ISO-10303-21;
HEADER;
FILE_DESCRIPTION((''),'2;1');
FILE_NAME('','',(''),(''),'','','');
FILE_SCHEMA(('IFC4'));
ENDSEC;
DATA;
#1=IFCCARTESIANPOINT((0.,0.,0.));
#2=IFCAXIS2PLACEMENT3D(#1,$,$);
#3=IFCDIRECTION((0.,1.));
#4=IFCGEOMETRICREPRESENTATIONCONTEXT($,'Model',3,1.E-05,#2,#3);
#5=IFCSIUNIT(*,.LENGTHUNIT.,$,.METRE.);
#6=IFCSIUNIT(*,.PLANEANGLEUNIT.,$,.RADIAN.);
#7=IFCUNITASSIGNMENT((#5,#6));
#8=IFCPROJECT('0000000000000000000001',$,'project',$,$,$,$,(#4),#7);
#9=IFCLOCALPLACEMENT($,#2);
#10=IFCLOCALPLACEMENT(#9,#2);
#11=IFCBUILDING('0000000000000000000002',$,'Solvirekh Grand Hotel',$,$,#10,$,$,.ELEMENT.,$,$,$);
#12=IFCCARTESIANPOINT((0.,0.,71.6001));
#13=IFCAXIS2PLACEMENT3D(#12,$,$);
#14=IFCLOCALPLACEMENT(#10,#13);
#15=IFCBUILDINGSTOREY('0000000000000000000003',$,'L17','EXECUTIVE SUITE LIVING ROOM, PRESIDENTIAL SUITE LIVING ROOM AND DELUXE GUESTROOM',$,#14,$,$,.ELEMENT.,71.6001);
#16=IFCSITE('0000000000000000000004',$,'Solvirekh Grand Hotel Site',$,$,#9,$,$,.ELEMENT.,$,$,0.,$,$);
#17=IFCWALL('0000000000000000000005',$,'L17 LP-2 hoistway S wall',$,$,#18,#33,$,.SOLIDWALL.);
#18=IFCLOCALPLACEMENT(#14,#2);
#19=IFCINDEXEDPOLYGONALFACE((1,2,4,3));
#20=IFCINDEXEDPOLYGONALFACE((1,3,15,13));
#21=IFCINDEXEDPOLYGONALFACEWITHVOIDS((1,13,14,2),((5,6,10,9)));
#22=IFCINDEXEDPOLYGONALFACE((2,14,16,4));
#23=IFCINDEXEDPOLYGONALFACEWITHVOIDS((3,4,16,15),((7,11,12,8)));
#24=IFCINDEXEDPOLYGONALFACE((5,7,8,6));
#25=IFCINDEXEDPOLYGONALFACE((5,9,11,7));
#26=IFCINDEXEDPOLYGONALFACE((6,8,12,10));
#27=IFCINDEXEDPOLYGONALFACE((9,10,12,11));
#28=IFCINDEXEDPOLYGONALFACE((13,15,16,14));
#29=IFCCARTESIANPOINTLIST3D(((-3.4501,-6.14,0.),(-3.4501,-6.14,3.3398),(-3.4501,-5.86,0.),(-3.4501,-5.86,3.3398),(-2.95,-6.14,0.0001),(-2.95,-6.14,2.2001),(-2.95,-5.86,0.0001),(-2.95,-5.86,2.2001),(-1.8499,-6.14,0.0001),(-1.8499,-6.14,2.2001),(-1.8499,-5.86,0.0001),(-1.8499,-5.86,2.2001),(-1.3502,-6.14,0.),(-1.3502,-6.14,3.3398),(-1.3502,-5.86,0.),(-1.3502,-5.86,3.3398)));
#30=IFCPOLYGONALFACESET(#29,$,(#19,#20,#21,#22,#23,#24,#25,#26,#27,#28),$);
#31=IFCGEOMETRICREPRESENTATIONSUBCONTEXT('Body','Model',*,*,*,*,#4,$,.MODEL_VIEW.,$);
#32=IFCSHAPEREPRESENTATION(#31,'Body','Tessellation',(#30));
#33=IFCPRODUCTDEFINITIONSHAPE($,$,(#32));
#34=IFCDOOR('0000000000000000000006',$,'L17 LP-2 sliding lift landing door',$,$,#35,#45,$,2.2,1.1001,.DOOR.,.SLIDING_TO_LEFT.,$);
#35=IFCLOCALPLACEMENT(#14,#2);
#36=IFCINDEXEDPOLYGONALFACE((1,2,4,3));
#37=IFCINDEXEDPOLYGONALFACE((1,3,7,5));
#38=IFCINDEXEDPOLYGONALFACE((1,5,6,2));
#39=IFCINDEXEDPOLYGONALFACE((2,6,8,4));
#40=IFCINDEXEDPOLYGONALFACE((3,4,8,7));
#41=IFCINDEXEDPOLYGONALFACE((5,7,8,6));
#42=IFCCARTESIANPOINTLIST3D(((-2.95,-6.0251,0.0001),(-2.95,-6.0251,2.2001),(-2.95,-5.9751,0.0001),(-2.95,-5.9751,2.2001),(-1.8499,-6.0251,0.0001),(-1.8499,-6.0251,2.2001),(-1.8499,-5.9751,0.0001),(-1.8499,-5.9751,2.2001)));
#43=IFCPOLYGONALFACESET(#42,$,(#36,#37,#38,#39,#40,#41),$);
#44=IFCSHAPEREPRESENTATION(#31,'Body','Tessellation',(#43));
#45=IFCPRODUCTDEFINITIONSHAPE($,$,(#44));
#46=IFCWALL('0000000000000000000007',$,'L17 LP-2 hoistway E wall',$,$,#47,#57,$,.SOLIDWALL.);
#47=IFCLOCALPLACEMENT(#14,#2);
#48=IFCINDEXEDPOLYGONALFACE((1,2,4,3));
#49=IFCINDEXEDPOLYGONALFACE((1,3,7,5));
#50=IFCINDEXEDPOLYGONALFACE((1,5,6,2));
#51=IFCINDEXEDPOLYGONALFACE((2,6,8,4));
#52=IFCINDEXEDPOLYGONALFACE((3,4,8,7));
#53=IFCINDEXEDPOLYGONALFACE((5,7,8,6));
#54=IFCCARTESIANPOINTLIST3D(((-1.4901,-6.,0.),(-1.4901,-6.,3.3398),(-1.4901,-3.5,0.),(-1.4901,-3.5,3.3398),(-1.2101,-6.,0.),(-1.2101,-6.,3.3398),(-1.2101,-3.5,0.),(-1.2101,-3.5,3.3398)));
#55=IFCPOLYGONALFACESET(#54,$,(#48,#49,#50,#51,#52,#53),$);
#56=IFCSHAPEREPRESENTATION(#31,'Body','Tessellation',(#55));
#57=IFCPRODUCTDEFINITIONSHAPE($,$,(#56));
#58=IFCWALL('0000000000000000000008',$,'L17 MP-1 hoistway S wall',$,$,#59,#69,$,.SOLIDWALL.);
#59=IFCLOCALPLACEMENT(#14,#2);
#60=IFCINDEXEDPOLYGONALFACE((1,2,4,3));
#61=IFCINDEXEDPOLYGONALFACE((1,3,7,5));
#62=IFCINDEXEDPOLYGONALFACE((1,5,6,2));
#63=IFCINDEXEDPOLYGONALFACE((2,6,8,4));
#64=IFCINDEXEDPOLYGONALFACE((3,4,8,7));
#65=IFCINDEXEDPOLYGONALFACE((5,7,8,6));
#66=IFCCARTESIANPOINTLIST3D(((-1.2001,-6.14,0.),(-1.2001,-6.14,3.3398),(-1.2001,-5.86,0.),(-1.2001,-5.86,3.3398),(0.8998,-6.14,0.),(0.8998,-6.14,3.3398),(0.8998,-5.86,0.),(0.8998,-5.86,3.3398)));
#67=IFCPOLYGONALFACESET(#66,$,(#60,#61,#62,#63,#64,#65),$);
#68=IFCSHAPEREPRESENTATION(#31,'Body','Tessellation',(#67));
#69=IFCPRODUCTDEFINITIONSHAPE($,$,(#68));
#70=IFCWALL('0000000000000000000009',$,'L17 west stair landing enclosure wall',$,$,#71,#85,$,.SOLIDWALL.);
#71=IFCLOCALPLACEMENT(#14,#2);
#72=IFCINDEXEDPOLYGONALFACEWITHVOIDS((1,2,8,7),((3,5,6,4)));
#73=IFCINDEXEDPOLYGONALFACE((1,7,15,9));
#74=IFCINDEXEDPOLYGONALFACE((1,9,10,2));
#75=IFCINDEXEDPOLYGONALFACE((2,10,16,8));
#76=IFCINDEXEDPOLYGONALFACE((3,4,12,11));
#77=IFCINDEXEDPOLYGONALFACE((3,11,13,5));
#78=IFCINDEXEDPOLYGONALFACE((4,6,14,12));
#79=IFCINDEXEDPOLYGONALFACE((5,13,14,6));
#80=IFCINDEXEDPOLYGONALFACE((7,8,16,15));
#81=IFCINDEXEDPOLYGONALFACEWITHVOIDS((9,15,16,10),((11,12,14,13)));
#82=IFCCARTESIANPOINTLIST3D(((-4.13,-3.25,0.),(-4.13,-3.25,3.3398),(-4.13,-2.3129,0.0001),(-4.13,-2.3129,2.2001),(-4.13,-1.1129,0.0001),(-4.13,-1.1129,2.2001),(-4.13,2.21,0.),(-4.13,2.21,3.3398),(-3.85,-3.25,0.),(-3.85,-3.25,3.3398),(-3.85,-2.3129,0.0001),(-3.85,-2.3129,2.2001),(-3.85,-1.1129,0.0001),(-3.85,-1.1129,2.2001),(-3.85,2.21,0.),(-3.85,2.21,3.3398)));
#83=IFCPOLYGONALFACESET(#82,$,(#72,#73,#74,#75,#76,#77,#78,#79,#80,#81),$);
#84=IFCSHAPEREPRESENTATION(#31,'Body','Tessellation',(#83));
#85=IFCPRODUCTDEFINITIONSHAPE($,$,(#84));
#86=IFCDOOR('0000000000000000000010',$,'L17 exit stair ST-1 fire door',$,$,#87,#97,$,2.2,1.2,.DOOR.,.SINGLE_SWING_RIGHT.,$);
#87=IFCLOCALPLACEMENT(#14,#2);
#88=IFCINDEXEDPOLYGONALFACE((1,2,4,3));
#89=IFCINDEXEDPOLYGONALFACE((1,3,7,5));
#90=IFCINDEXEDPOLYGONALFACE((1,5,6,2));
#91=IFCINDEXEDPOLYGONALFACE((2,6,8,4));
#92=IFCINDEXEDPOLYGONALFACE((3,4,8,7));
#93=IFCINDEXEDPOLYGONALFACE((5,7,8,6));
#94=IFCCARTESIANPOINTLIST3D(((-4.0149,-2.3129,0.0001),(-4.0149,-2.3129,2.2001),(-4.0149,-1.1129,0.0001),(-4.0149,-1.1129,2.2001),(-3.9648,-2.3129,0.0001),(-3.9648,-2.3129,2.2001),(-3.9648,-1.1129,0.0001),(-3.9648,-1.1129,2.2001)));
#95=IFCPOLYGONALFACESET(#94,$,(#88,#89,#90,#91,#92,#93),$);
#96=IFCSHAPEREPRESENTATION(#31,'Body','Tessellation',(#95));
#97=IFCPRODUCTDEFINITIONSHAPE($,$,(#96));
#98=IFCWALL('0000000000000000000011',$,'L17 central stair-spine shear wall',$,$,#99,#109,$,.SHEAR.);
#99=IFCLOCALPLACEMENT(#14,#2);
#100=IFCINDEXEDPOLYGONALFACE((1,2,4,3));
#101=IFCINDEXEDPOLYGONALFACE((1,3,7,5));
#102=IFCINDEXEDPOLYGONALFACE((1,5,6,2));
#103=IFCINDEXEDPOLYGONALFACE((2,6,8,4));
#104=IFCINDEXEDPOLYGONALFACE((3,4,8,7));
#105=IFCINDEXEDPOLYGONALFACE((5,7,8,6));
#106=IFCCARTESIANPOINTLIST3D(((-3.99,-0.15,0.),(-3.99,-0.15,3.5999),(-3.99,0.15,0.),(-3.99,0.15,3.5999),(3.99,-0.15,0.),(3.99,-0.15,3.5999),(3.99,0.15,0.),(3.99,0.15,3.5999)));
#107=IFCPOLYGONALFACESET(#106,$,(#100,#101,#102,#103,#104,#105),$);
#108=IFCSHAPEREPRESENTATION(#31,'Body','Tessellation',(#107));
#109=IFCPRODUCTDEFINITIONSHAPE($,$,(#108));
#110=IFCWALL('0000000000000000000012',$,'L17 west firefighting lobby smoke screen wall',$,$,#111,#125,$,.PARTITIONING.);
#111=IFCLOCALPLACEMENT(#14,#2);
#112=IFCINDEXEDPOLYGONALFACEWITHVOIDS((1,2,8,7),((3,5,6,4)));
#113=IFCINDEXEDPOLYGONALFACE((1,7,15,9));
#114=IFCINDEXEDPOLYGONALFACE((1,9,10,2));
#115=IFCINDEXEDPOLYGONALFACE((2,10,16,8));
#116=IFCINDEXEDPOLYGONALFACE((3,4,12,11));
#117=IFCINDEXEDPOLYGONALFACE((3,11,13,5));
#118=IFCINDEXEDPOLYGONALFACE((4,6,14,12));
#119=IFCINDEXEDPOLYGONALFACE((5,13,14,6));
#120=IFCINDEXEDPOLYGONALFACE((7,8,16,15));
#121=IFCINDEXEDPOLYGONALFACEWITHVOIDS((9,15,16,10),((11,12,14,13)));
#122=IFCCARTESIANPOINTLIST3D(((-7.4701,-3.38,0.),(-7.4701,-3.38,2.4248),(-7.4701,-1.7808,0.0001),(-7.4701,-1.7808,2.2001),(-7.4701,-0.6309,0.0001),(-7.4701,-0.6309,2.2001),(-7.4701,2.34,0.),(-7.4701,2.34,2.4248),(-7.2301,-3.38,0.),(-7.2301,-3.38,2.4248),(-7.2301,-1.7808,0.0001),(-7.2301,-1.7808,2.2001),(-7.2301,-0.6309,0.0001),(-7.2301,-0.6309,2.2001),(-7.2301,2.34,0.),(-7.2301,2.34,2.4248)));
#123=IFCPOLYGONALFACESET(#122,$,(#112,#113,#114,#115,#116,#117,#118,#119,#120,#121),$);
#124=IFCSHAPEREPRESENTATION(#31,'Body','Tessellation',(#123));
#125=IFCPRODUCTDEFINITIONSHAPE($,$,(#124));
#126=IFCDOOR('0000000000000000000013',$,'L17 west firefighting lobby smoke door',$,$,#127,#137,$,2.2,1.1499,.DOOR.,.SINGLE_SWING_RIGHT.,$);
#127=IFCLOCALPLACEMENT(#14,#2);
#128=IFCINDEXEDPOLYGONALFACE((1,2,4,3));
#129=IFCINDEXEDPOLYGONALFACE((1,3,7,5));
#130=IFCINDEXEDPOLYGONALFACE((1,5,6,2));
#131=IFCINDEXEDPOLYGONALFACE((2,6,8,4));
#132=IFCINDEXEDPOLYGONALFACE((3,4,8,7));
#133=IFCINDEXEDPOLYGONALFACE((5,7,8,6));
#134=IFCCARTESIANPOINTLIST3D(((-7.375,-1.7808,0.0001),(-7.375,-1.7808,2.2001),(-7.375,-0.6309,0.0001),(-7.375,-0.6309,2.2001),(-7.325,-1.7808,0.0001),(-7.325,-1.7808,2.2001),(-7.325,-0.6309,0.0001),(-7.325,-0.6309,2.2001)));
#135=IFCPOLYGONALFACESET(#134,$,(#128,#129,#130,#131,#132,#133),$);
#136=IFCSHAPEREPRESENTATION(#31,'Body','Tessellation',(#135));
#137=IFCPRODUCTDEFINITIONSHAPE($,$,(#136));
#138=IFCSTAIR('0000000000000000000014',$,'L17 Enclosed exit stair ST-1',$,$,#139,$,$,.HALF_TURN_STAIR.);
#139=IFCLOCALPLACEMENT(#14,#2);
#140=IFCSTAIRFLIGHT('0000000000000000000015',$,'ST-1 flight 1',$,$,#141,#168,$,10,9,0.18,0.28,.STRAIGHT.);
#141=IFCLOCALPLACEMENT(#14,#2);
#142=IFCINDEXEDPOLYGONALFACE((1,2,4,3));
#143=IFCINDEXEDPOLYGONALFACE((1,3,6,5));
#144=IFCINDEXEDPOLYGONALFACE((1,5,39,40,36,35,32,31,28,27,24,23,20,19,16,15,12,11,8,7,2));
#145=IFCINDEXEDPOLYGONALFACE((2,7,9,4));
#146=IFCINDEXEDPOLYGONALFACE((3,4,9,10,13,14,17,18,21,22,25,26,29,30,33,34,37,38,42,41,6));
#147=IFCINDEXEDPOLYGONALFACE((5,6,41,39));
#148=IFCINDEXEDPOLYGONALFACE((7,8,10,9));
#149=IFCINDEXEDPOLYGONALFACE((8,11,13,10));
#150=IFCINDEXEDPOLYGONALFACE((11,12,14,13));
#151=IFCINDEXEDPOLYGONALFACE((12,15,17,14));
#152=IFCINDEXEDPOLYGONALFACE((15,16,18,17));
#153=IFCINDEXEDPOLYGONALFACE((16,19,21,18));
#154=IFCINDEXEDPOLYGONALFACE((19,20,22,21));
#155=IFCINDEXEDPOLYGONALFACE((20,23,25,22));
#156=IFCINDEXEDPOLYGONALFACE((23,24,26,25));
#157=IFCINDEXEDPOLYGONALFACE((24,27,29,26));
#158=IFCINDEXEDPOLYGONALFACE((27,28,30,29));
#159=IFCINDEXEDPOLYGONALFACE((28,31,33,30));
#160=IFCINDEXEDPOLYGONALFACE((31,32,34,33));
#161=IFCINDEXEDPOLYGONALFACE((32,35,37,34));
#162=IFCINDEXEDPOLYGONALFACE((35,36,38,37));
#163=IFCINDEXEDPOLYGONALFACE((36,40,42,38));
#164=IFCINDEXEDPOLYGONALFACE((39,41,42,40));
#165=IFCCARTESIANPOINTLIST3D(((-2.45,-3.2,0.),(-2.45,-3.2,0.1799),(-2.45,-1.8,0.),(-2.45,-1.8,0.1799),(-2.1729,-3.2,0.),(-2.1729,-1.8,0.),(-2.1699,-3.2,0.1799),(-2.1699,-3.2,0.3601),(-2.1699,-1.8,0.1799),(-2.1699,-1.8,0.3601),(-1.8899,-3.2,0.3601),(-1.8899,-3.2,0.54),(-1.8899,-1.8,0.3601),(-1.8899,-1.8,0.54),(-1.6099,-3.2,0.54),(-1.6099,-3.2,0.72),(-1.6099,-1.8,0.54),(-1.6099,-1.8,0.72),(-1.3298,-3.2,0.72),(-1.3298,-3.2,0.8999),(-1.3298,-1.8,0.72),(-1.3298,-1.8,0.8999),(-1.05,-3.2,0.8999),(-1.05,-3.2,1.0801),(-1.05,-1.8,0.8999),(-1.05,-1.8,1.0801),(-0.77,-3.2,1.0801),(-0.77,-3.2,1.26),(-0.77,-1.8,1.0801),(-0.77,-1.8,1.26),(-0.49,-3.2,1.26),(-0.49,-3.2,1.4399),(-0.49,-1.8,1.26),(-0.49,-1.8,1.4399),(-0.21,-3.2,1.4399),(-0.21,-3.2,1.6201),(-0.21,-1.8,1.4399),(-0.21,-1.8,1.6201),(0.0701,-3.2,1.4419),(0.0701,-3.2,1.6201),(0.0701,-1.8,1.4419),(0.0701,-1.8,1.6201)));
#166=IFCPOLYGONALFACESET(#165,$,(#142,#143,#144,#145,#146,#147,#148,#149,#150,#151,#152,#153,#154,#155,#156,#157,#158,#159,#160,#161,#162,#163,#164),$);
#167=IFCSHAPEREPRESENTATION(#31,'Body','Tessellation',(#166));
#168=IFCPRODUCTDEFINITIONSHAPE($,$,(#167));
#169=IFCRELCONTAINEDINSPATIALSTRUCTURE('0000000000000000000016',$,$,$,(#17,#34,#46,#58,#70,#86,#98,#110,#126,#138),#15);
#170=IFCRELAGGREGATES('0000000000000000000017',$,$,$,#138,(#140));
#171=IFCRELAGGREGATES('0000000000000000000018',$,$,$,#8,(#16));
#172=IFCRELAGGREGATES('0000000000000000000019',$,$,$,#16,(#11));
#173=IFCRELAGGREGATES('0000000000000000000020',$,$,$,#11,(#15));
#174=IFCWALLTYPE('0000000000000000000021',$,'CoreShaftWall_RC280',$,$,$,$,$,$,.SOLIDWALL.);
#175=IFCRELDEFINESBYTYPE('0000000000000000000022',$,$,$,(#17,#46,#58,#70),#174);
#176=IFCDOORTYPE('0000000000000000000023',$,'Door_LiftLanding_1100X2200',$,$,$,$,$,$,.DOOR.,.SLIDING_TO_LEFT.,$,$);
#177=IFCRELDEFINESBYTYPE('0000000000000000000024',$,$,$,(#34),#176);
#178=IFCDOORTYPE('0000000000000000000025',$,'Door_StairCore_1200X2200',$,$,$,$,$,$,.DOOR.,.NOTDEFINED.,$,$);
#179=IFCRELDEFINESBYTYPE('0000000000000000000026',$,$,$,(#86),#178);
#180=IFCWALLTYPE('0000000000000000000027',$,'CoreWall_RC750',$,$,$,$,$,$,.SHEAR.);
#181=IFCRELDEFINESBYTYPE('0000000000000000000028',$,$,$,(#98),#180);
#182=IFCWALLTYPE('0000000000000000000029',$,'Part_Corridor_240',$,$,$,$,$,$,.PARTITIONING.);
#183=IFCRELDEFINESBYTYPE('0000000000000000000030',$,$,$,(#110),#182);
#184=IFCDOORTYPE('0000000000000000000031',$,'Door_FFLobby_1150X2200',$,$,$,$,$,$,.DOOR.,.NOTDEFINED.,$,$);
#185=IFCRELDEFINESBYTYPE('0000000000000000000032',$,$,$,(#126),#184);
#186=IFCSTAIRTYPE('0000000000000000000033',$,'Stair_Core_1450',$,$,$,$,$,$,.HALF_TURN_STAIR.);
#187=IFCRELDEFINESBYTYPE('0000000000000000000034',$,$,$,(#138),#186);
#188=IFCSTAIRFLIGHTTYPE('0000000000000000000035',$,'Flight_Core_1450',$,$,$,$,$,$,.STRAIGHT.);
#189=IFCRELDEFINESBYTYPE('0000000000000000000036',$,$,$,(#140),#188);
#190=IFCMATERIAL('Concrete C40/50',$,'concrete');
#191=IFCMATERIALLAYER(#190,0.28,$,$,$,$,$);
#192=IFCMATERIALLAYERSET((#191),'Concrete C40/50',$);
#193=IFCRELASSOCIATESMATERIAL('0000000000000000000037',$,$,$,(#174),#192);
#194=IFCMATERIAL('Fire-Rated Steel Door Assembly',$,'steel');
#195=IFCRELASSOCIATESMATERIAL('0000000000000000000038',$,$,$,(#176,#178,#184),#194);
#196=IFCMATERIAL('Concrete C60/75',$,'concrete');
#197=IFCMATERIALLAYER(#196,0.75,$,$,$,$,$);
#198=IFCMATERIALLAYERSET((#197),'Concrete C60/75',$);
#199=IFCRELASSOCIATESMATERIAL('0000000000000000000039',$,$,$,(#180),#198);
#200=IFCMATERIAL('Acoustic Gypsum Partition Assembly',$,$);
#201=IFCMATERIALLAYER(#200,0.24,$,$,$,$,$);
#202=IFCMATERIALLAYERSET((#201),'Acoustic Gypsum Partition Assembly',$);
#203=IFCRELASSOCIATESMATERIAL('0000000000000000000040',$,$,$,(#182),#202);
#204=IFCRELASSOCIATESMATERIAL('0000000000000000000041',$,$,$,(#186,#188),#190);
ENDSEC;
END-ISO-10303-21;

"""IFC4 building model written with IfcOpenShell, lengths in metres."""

from ifc_helpers import new_model, si_unit, direction, frame, frame_2d, origin, place, context, subcontext, project, spatial, polyline, rectangle, outline, extrude, material, layer, layer_set, type_object, element, fill, aggregate, save


model = new_model("IFC4")

# Units and contexts
model_context = context("Model", 3, precision=1e-05, world=origin(), true_north=direction((0.0, 1.0)))
body_context = subcontext(model_context, "Body", "Model", "MODEL_VIEW")
ifc_project = project(units=[si_unit("LENGTHUNIT", "METRE"), si_unit("PLANEANGLEUNIT", "RADIAN")], contexts=[model_context])

# Site, building, storey
site_placement = place(None, origin())
site = spatial("IfcSite", under=ifc_project, at=site_placement, Name="Solvirekh Grand Hotel Site", CompositionType="ELEMENT", RefElevation=0.0)
building_placement = place(site_placement, origin())
building = spatial("IfcBuilding", under=site, at=building_placement, Name="Solvirekh Grand Hotel", CompositionType="ELEMENT")
storey_placement = place(building_placement, frame((0.0, 0.0, 71.6001)))
storey = spatial("IfcBuildingStorey", under=building, at=storey_placement, Name="L17", Description="EXECUTIVE SUITE LIVING ROOM, PRESIDENTIAL SUITE LIVING ROOM AND DELUXE GUESTROOM", CompositionType="ELEMENT", Elevation=71.6001)

# Shared definitions
ifc_material_1 = material(Name="Concrete C40/50", Category="concrete")
ifc_layer_1 = layer(ifc_material_1, 0.28)
ifc_layer_set_1 = layer_set([ifc_layer_1], Name="Concrete C40/50")
wall_type_1 = type_object("IfcWallType", Name="CoreShaftWall_RC280", PredefinedType="SOLIDWALL", material=ifc_layer_set_1)
ifc_material_2 = material(Name="Fire-Rated Steel Door Assembly", Category="steel")
door_type_1 = type_object("IfcDoorType", Name="Door_LiftLanding_1100X2200", OperationType="SLIDING_TO_LEFT", PredefinedType="DOOR", material=ifc_material_2)

# Wall, opening, door
wall_1_placement = place(storey_placement, frame((-3.45, -6.0, 0.0), z_axis=(0.0, 0.0, 1.0), x_axis=(1.0, 0.0, 0.0)))
wall_1 = element("IfcWall", 1, at=wall_1_placement, inside=storey, type_object=wall_type_1, Name="L17 LP-2 hoistway S wall", PredefinedType="SOLIDWALL", context=body_context, shape_type="SweptSolid", body=[
    extrude(rectangle(XDim=2.0999, YDim=0.28, at=frame_2d((1.0498, 0.0))), origin(), (0.0, 0.0, 1.0), 3.3398),
])
opening_1_placement = place(wall_1_placement, frame((0.5, 0.0, 0.0)))
opening_1 = element("IfcOpeningElement", 2, at=opening_1_placement, cuts=wall_1, PredefinedType="OPENING", context=body_context, shape_type="SweptSolid", body=[
    extrude(rectangle(XDim=1.1001, YDim=2.2, at=frame_2d((0.55, 1.1001))), frame((0.0, 0.1499, 0.0), z_axis=(0.0, -1.0, 0.0), x_axis=(1.0, 0.0, 0.0)), (0.0, 0.0, 1.0), 0.3),
])
door_1_placement = place(opening_1_placement, origin())
door_1 = element("IfcDoor", 3, at=door_1_placement, inside=storey, type_object=door_type_1, Name="L17 LP-2 sliding lift landing door", OperationType="SLIDING_TO_LEFT", OverallHeight=2.2, OverallWidth=1.1001, PredefinedType="DOOR", context=body_context, shape_type="SweptSolid", body=[
    extrude(rectangle(XDim=1.1001, YDim=2.2, at=frame_2d((0.55, 1.1001))), frame((0.0, 0.0249, 0.0), z_axis=(0.0, -1.0, 0.0), x_axis=(1.0, 0.0, 0.0)), (0.0, 0.0, 1.0), 0.05),
])
fill(opening_1, door_1)

# Walls
wall_2_placement = place(storey_placement, frame((-1.3501, -6.0, 0.0), z_axis=(0.0, 0.0, 1.0), x_axis=(0.0, 1.0, 0.0)))
element("IfcWall", 4, at=wall_2_placement, inside=storey, type_object=wall_type_1, Name="L17 LP-2 hoistway E wall", PredefinedType="SOLIDWALL", context=body_context, shape_type="SweptSolid", body=[
    extrude(rectangle(XDim=2.5, YDim=0.28, at=frame_2d((1.25, 0.0))), origin(), (0.0, 0.0, 1.0), 3.3398),
])
wall_3_placement = place(storey_placement, frame((-1.2, -6.0, 0.0), z_axis=(0.0, 0.0, 1.0), x_axis=(1.0, 0.0, 0.0)))
element("IfcWall", 5, at=wall_3_placement, inside=storey, type_object=wall_type_1, Name="L17 MP-1 hoistway S wall", PredefinedType="SOLIDWALL", context=body_context, shape_type="SweptSolid", body=[
    extrude(rectangle(XDim=2.0999, YDim=0.28, at=frame_2d((1.0498, 0.0))), origin(), (0.0, 0.0, 1.0), 3.3398),
])

# Wall, opening, door
wall_4_placement = place(storey_placement, frame((-3.99, -3.25, 0.0), z_axis=(0.0, 0.0, 1.0), x_axis=(0.0, 1.0, 0.0)))
wall_4 = element("IfcWall", 6, at=wall_4_placement, inside=storey, type_object=wall_type_1, Name="L17 west stair landing enclosure wall", PredefinedType="SOLIDWALL", context=body_context, shape_type="SweptSolid", body=[
    extrude(rectangle(XDim=5.46, YDim=0.28, at=frame_2d((2.73, 0.0))), origin(), (0.0, 0.0, 1.0), 3.3398),
])
opening_2_placement = place(wall_4_placement, frame((0.937, 0.0, 0.0)))
opening_2 = element("IfcOpeningElement", 7, at=opening_2_placement, cuts=wall_4, PredefinedType="OPENING", context=body_context, shape_type="SweptSolid", body=[
    extrude(rectangle(XDim=1.2, YDim=2.2, at=frame_2d((0.6001, 1.1001))), frame((0.0, 0.1499, 0.0), z_axis=(0.0, -1.0, 0.0), x_axis=(1.0, 0.0, 0.0)), (0.0, 0.0, 1.0), 0.3),
])
door_type_2 = type_object("IfcDoorType", Name="Door_StairCore_1200X2200", OperationType="NOTDEFINED", PredefinedType="DOOR", material=ifc_material_2)
door_2_placement = place(opening_2_placement, origin())
door_2 = element("IfcDoor", 8, at=door_2_placement, inside=storey, type_object=door_type_2, Name="L17 exit stair ST-1 fire door", OperationType="SINGLE_SWING_RIGHT", OverallHeight=2.2, OverallWidth=1.2, PredefinedType="DOOR", context=body_context, shape_type="SweptSolid", body=[
    extrude(rectangle(XDim=1.2, YDim=2.2, at=frame_2d((0.6001, 1.1001))), frame((0.0, 0.0249, 0.0), z_axis=(0.0, -1.0, 0.0), x_axis=(1.0, 0.0, 0.0)), (0.0, 0.0, 1.0), 0.05),
])
fill(opening_2, door_2)

# Wall
ifc_material_3 = material(Name="Concrete C60/75", Category="concrete")
ifc_layer_2 = layer(ifc_material_3, 0.75)
ifc_layer_set_2 = layer_set([ifc_layer_2], Name="Concrete C60/75")
wall_type_2 = type_object("IfcWallType", Name="CoreWall_RC750", PredefinedType="SHEAR", material=ifc_layer_set_2)
wall_5_placement = place(storey_placement, frame((-3.99, 0.0, 0.0), z_axis=(0.0, 0.0, 1.0), x_axis=(1.0, 0.0, 0.0)))
element("IfcWall", 9, at=wall_5_placement, inside=storey, type_object=wall_type_2, Name="L17 central stair-spine shear wall", PredefinedType="SHEAR", context=body_context, shape_type="SweptSolid", body=[
    extrude(rectangle(XDim=7.98, YDim=0.3, at=frame_2d((3.99, 0.0))), origin(), (0.0, 0.0, 1.0), 3.5999),
])

# Wall, opening, door
ifc_material_4 = material(Name="Acoustic Gypsum Partition Assembly")
ifc_layer_3 = layer(ifc_material_4, 0.24)
ifc_layer_set_3 = layer_set([ifc_layer_3], Name="Acoustic Gypsum Partition Assembly")
wall_type_3 = type_object("IfcWallType", Name="Part_Corridor_240", PredefinedType="PARTITIONING", material=ifc_layer_set_3)
wall_6_placement = place(storey_placement, frame((-7.3501, -3.3799, 0.0), z_axis=(0.0, 0.0, 1.0), x_axis=(0.0, 1.0, 0.0)))
wall_6 = element("IfcWall", 10, at=wall_6_placement, inside=storey, type_object=wall_type_3, Name="L17 west firefighting lobby smoke screen wall", PredefinedType="PARTITIONING", context=body_context, shape_type="SweptSolid", body=[
    extrude(rectangle(XDim=5.72, YDim=0.24, at=frame_2d((2.8599, 0.0))), origin(), (0.0, 0.0, 1.0), 2.4248),
])
opening_3_placement = place(wall_6_placement, frame((1.5991, 0.0, 0.0)))
opening_3 = element("IfcOpeningElement", 11, at=opening_3_placement, cuts=wall_6, PredefinedType="OPENING", context=body_context, shape_type="SweptSolid", body=[
    extrude(rectangle(XDim=1.1499, YDim=2.2, at=frame_2d((0.575, 1.1001))), frame((0.0, 0.1299, 0.0), z_axis=(0.0, -1.0, 0.0), x_axis=(1.0, 0.0, 0.0)), (0.0, 0.0, 1.0), 0.26),
])
door_type_3 = type_object("IfcDoorType", Name="Door_FFLobby_1150X2200", OperationType="NOTDEFINED", PredefinedType="DOOR", material=ifc_material_2)
door_3_placement = place(opening_3_placement, origin())
door_3 = element("IfcDoor", 12, at=door_3_placement, inside=storey, type_object=door_type_3, Name="L17 west firefighting lobby smoke door", OperationType="SINGLE_SWING_RIGHT", OverallHeight=2.2, OverallWidth=1.1499, PredefinedType="DOOR", context=body_context, shape_type="SweptSolid", body=[
    extrude(rectangle(XDim=1.1499, YDim=2.2, at=frame_2d((0.575, 1.1001))), frame((0.0, 0.0249, 0.0), z_axis=(0.0, -1.0, 0.0), x_axis=(1.0, 0.0, 0.0)), (0.0, 0.0, 1.0), 0.05),
])
fill(opening_3, door_3)

# Stair, stair flight
stair_type = type_object("IfcStairType", Name="Stair_Core_1450", PredefinedType="HALF_TURN_STAIR", material=ifc_material_1)
stair_placement = place(storey_placement, origin())
stair = element("IfcStair", 13, at=stair_placement, inside=storey, type_object=stair_type, Name="L17 Enclosed exit stair ST-1", PredefinedType="HALF_TURN_STAIR")
stair_flight_type = type_object("IfcStairFlightType", Name="Flight_Core_1450", PredefinedType="STRAIGHT", material=ifc_material_1)
stair_flight_placement = place(storey_placement, frame((-2.45, -2.5, 0.0), z_axis=(0.0, 0.0, 1.0), x_axis=(1.0, 0.0, 0.0)))
stair_flight = element("IfcStairFlight", 14, at=stair_flight_placement, type_object=stair_flight_type, Name="ST-1 flight 1", NumberOfRisers=10, NumberOfTreads=9, PredefinedType="STRAIGHT", RiserHeight=0.18, TreadLength=0.28, context=body_context, shape_type="SweptSolid", body=[
    extrude(outline(polyline([(0.0, 0.0), (0.0, 0.1799), (0.28, 0.1799), (0.28, 0.3601), (0.5601, 0.3601), (0.5601, 0.54), (0.8401, 0.54), (0.8401, 0.72), (1.1201, 0.72), (1.1201, 0.8999), (1.3999, 0.8999), (1.3999, 1.0801), (1.6799, 1.0801), (1.6799, 1.26), (1.96, 1.26), (1.96, 1.4399), (2.24, 1.4399), (2.24, 1.6201), (2.52, 1.6201), (2.52, 1.8), (2.52, 1.4419), (0.2771, 0.0), (0.0, 0.0)])), frame((0.0, 0.7, 0.0), z_axis=(0.0, -1.0, 0.0), x_axis=(1.0, 0.0, 0.0)), (0.0, 0.0, 1.0), 1.3999),
])
aggregate(stair, [stair_flight])

save(model, "model.ifc")
